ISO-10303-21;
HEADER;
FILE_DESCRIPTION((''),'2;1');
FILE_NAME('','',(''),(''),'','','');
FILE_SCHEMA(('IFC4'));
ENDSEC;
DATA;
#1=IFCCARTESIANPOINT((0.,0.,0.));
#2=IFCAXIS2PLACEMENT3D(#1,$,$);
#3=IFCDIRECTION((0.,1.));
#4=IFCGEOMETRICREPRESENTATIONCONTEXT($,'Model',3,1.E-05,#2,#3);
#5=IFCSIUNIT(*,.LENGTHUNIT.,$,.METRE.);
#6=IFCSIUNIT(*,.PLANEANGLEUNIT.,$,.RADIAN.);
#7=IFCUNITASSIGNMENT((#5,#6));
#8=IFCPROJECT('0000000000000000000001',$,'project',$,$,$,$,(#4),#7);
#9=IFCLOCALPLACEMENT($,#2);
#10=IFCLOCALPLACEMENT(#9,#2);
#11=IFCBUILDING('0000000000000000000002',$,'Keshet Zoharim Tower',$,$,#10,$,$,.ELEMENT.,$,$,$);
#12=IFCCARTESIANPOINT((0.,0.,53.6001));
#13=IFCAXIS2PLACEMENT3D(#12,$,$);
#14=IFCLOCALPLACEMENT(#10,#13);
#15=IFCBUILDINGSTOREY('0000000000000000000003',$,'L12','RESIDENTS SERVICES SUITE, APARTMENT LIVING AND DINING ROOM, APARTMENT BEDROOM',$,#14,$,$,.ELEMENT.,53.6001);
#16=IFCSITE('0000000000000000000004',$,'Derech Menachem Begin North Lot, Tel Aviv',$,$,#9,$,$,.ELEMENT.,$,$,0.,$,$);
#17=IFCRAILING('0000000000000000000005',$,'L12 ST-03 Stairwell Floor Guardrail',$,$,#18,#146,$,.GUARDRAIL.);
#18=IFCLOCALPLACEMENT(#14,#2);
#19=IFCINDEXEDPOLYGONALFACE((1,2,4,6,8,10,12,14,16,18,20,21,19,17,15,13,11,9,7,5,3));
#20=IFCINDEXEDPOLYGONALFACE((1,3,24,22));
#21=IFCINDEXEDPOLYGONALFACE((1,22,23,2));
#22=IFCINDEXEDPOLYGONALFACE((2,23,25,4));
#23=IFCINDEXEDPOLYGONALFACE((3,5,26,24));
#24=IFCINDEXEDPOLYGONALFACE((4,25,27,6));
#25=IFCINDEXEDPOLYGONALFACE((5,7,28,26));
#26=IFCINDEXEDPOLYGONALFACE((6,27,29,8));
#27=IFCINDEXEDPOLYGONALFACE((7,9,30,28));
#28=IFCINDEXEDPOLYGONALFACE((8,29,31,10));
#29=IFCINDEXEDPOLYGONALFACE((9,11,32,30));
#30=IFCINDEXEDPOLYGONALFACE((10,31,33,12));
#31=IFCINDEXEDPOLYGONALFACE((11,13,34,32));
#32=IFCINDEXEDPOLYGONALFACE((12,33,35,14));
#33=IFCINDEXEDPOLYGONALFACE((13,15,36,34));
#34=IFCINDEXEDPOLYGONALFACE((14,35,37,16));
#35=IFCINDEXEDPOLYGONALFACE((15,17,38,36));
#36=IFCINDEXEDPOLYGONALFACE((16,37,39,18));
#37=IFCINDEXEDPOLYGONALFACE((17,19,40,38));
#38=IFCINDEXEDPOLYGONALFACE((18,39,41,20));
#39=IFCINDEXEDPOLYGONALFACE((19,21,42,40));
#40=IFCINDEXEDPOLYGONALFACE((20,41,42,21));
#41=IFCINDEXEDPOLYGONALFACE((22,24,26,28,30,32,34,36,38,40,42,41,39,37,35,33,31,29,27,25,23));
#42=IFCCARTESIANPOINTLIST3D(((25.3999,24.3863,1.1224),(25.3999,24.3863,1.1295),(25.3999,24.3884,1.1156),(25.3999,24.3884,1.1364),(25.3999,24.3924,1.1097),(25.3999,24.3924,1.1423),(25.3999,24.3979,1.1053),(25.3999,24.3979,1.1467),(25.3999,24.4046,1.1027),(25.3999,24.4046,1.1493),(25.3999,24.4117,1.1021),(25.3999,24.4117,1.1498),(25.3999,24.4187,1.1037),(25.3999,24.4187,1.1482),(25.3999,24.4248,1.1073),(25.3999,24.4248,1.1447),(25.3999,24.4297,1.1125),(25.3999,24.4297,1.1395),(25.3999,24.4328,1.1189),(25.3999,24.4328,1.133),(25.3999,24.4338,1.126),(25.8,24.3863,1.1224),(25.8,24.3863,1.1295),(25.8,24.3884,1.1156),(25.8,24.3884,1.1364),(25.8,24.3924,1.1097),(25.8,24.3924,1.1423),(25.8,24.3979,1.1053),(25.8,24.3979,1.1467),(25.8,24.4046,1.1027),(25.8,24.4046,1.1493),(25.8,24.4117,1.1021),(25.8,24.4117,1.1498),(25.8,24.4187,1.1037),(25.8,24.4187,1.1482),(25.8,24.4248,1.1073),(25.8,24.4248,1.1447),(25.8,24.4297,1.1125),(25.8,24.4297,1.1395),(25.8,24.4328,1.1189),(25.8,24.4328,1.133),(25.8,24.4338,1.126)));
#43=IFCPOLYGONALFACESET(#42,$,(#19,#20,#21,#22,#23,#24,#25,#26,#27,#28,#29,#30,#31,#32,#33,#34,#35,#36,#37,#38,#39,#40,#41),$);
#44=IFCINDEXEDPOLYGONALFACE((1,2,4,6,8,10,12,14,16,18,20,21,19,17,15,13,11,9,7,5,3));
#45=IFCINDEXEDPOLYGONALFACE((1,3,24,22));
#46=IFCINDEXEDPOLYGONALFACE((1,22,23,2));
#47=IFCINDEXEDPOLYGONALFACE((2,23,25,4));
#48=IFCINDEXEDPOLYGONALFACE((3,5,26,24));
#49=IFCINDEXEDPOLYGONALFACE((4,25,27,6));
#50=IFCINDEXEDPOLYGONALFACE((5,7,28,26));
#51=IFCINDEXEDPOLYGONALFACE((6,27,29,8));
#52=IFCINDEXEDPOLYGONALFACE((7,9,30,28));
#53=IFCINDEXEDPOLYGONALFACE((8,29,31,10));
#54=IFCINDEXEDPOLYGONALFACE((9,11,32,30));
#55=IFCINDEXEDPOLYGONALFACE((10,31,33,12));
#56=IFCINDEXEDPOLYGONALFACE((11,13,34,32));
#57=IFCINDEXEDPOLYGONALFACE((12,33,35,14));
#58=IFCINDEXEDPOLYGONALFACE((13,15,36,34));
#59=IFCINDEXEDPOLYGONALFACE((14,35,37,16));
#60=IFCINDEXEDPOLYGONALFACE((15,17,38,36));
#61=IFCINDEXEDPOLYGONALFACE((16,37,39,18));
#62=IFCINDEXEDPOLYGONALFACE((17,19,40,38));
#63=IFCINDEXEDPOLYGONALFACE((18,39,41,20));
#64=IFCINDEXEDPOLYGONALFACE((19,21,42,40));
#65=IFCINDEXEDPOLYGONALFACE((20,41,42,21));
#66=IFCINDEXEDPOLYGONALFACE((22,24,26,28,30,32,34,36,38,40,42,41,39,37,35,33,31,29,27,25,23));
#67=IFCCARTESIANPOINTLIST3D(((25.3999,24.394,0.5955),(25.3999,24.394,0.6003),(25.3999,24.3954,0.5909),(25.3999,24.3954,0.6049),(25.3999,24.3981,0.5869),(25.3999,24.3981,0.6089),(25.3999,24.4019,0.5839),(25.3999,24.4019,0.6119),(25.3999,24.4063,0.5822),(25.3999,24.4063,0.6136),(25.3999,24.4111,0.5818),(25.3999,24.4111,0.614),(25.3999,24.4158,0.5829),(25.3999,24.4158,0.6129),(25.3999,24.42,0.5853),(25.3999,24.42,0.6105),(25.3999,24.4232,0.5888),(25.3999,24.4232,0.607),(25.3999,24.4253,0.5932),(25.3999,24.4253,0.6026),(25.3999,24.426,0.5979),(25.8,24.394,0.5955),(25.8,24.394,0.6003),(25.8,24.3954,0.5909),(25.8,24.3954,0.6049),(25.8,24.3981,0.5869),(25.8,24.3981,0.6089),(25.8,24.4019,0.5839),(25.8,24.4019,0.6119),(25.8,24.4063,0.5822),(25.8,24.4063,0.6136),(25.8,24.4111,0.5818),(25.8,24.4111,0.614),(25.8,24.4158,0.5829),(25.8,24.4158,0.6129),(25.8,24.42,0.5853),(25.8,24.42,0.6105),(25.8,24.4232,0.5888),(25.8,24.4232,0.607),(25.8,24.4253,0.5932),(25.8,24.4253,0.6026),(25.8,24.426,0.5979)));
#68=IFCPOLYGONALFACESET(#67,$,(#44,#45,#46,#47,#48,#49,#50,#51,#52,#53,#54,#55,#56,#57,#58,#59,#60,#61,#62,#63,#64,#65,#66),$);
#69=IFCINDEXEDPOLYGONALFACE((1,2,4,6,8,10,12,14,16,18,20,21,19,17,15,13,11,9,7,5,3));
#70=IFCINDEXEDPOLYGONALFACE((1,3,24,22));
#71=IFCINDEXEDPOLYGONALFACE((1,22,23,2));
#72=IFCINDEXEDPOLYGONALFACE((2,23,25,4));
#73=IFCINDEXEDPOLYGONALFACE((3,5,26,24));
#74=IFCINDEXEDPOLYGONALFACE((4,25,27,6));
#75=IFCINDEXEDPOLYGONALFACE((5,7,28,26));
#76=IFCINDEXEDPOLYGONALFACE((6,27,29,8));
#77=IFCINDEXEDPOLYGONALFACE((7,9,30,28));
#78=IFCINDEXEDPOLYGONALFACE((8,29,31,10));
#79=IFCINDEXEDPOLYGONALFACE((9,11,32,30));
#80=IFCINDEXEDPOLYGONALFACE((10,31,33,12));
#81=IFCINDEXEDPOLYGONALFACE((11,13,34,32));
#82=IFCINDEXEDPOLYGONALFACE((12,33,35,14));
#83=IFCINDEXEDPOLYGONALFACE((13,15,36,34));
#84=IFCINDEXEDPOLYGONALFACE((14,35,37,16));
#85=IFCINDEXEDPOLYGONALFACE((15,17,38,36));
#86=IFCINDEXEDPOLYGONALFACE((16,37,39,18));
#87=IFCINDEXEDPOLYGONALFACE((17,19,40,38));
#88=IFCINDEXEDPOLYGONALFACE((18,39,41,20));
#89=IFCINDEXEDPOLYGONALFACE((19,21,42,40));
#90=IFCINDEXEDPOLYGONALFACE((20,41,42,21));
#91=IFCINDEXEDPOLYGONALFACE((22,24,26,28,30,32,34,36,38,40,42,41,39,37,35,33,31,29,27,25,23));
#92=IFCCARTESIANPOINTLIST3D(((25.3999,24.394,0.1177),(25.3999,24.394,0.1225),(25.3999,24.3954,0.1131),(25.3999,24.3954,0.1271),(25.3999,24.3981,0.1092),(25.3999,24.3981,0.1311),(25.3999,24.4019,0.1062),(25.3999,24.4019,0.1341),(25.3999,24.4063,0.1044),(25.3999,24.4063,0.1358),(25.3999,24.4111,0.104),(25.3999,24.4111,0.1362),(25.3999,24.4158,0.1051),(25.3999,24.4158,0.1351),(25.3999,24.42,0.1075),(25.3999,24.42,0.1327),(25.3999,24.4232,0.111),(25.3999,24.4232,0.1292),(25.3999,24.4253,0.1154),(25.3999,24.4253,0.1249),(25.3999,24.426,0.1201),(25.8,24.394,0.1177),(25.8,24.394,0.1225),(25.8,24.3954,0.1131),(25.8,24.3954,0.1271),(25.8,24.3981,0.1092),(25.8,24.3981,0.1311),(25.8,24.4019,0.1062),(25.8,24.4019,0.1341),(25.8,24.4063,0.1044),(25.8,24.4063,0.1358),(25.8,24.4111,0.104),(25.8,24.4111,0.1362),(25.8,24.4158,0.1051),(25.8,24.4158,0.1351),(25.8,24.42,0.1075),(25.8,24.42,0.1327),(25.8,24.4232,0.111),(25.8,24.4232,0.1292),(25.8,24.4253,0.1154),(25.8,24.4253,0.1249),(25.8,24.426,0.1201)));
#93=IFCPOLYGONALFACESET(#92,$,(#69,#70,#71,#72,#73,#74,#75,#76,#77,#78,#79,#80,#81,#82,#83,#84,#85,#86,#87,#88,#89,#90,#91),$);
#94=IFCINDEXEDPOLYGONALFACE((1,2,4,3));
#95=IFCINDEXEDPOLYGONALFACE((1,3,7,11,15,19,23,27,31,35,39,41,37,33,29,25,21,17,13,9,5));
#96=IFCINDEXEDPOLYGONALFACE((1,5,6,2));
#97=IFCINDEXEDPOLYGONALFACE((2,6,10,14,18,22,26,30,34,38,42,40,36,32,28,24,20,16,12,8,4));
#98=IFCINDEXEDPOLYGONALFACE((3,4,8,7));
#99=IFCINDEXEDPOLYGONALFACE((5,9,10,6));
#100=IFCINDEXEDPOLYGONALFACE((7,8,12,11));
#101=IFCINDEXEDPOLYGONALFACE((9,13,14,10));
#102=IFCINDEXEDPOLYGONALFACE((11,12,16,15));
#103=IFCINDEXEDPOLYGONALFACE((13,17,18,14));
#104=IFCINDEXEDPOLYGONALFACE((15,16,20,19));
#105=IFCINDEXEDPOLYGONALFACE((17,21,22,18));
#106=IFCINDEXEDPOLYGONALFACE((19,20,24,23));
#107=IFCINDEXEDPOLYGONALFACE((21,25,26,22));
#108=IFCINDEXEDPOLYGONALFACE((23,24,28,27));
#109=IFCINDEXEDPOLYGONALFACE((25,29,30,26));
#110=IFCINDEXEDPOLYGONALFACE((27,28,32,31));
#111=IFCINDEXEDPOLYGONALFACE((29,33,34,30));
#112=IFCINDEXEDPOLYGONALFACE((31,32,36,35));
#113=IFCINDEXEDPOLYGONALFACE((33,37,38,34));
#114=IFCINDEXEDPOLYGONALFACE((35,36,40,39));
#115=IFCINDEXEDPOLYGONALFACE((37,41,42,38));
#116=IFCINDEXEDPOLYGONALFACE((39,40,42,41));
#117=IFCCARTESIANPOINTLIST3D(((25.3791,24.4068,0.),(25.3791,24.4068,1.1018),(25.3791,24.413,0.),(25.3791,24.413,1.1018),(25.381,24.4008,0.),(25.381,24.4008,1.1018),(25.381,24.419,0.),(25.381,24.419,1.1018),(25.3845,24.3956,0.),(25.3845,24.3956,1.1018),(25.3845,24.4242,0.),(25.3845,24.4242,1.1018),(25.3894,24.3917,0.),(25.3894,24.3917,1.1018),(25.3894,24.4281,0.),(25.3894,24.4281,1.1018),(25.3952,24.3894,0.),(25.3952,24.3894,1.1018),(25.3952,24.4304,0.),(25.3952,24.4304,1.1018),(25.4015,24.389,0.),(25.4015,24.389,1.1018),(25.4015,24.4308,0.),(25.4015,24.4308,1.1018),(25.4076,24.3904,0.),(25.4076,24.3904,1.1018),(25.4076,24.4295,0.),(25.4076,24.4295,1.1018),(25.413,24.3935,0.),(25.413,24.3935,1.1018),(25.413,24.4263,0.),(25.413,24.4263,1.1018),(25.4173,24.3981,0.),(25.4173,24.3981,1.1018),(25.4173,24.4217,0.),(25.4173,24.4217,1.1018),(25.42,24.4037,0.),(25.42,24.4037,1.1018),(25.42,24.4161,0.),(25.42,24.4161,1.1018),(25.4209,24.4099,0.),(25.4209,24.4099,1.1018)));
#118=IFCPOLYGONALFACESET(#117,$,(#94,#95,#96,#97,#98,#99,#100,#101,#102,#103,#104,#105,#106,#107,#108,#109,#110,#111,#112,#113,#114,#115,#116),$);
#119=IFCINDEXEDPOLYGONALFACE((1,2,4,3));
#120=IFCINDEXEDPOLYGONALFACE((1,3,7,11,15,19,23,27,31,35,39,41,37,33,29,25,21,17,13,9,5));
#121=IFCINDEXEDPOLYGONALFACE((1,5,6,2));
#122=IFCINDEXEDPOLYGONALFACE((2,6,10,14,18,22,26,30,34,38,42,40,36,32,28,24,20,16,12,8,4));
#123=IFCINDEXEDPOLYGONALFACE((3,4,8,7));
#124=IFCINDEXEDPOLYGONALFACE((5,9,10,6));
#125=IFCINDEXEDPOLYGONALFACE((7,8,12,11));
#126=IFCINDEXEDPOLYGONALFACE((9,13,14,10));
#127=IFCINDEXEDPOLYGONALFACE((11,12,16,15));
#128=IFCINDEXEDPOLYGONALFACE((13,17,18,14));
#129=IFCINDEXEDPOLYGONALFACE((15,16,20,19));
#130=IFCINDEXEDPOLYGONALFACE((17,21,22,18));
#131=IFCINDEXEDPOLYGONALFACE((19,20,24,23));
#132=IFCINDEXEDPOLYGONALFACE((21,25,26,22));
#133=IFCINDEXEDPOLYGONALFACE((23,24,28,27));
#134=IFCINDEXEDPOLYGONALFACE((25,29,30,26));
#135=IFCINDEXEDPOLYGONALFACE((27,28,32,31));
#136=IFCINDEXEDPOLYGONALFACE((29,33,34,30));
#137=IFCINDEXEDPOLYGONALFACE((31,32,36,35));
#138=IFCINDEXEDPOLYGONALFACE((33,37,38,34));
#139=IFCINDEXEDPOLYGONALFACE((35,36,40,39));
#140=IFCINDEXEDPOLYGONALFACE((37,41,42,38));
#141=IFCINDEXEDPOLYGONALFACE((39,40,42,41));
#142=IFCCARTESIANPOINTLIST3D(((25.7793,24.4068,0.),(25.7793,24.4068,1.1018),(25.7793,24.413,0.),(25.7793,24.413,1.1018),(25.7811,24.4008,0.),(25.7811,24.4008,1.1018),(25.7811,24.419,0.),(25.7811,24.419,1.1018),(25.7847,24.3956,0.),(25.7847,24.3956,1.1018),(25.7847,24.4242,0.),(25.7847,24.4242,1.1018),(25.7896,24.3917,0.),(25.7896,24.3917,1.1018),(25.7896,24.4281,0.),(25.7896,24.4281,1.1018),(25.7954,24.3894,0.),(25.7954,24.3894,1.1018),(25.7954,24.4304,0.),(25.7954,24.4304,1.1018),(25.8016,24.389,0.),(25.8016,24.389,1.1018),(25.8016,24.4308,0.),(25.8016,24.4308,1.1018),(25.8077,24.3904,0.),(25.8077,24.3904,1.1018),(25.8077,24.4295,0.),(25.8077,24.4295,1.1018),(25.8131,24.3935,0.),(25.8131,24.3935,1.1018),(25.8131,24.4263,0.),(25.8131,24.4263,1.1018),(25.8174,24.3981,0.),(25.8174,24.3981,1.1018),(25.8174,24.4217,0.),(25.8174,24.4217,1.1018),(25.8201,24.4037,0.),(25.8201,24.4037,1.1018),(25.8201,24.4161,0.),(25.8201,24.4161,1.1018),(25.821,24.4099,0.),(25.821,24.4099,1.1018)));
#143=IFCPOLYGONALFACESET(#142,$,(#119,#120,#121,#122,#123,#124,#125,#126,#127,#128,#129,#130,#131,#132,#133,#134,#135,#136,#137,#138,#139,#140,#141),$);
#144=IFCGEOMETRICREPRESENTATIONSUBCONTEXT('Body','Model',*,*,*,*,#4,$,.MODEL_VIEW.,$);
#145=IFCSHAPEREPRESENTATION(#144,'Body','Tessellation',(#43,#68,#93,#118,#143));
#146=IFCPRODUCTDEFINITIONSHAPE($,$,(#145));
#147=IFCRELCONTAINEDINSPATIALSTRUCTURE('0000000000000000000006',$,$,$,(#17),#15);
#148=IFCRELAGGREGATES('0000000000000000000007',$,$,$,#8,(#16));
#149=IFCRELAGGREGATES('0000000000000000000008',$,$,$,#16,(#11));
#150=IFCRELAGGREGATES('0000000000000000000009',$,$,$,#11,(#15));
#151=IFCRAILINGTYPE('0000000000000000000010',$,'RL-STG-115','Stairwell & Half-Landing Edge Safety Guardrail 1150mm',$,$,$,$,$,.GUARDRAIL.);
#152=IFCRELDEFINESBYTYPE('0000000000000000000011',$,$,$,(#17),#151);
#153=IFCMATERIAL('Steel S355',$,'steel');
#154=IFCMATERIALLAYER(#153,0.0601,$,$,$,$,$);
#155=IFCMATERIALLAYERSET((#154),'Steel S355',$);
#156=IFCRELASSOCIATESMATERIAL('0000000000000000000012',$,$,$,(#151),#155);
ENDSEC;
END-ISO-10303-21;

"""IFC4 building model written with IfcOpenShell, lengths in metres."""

from ifc_helpers import new_model, si_unit, direction, frame, origin, origin_2d, place, context, subcontext, project, spatial, circle, extrude, material, layer, layer_set, type_object, element, save


model = new_model("IFC4")

# Units and contexts
model_context = context("Model", 3, precision=1e-05, world=origin(), true_north=direction((0.0, 1.0)))
body_context = subcontext(model_context, "Body", "Model", "MODEL_VIEW")
ifc_project = project(units=[si_unit("LENGTHUNIT", "METRE"), si_unit("PLANEANGLEUNIT", "RADIAN")], contexts=[model_context])

# Site, building, storey
site_placement = place(None, origin())
site = spatial("IfcSite", under=ifc_project, at=site_placement, Name="Derech Menachem Begin North Lot, Tel Aviv", CompositionType="ELEMENT", RefElevation=0.0)
building_placement = place(site_placement, origin())
building = spatial("IfcBuilding", under=site, at=building_placement, Name="Keshet Zoharim Tower", CompositionType="ELEMENT")
storey_placement = place(building_placement, frame((0.0, 0.0, 53.6001)))
storey = spatial("IfcBuildingStorey", under=building, at=storey_placement, Name="L12", Description="RESIDENTS SERVICES SUITE, APARTMENT LIVING AND DINING ROOM, APARTMENT BEDROOM", CompositionType="ELEMENT", Elevation=53.6001)

# Shared definitions
ifc_material_1 = material(Name="Steel S355", Category="steel")

# Railing
ifc_layer_1 = layer(ifc_material_1, 0.0601)
ifc_layer_set_1 = layer_set([ifc_layer_1], Name="Steel S355")
railing_type = type_object("IfcRailingType", Name="RL-STG-115", Description="Stairwell & Half-Landing Edge Safety Guardrail 1150mm", PredefinedType="GUARDRAIL", material=ifc_layer_set_1)
railing_placement = place(storey_placement, frame((25.3999, 24.4099, 0.0)))
element("IfcRailing", 1, at=railing_placement, inside=storey, type_object=railing_type, Name="L12 ST-03 Stairwell Floor Guardrail", PredefinedType="GUARDRAIL", context=body_context, shape_type="SweptSolid", body=[
    extrude(circle(Radius=0.0239, at=origin_2d()), frame((0.0, 0.0, 1.126), z_axis=(1.0, 0.0, 0.0), x_axis=(0.0, 1.0, 0.0)), (0.0, 0.0, 1.0), 0.4001),
    extrude(circle(Radius=0.0161, at=origin_2d()), frame((0.0, 0.0, 0.5979), z_axis=(1.0, 0.0, 0.0), x_axis=(0.0, 1.0, 0.0)), (0.0, 0.0, 1.0), 0.4001),
    extrude(circle(Radius=0.0161, at=origin_2d()), frame((0.0, 0.0, 0.1201), z_axis=(1.0, 0.0, 0.0), x_axis=(0.0, 1.0, 0.0)), (0.0, 0.0, 1.0), 0.4001),
    extrude(circle(Radius=0.021, at=origin_2d()), origin(), (0.0, 0.0, 1.0), 1.1018),
    extrude(circle(Radius=0.021, at=origin_2d()), frame((0.4001, 0.0, 0.0)), (0.0, 0.0, 1.0), 1.1018),
])

save(model, "model.ifc")
